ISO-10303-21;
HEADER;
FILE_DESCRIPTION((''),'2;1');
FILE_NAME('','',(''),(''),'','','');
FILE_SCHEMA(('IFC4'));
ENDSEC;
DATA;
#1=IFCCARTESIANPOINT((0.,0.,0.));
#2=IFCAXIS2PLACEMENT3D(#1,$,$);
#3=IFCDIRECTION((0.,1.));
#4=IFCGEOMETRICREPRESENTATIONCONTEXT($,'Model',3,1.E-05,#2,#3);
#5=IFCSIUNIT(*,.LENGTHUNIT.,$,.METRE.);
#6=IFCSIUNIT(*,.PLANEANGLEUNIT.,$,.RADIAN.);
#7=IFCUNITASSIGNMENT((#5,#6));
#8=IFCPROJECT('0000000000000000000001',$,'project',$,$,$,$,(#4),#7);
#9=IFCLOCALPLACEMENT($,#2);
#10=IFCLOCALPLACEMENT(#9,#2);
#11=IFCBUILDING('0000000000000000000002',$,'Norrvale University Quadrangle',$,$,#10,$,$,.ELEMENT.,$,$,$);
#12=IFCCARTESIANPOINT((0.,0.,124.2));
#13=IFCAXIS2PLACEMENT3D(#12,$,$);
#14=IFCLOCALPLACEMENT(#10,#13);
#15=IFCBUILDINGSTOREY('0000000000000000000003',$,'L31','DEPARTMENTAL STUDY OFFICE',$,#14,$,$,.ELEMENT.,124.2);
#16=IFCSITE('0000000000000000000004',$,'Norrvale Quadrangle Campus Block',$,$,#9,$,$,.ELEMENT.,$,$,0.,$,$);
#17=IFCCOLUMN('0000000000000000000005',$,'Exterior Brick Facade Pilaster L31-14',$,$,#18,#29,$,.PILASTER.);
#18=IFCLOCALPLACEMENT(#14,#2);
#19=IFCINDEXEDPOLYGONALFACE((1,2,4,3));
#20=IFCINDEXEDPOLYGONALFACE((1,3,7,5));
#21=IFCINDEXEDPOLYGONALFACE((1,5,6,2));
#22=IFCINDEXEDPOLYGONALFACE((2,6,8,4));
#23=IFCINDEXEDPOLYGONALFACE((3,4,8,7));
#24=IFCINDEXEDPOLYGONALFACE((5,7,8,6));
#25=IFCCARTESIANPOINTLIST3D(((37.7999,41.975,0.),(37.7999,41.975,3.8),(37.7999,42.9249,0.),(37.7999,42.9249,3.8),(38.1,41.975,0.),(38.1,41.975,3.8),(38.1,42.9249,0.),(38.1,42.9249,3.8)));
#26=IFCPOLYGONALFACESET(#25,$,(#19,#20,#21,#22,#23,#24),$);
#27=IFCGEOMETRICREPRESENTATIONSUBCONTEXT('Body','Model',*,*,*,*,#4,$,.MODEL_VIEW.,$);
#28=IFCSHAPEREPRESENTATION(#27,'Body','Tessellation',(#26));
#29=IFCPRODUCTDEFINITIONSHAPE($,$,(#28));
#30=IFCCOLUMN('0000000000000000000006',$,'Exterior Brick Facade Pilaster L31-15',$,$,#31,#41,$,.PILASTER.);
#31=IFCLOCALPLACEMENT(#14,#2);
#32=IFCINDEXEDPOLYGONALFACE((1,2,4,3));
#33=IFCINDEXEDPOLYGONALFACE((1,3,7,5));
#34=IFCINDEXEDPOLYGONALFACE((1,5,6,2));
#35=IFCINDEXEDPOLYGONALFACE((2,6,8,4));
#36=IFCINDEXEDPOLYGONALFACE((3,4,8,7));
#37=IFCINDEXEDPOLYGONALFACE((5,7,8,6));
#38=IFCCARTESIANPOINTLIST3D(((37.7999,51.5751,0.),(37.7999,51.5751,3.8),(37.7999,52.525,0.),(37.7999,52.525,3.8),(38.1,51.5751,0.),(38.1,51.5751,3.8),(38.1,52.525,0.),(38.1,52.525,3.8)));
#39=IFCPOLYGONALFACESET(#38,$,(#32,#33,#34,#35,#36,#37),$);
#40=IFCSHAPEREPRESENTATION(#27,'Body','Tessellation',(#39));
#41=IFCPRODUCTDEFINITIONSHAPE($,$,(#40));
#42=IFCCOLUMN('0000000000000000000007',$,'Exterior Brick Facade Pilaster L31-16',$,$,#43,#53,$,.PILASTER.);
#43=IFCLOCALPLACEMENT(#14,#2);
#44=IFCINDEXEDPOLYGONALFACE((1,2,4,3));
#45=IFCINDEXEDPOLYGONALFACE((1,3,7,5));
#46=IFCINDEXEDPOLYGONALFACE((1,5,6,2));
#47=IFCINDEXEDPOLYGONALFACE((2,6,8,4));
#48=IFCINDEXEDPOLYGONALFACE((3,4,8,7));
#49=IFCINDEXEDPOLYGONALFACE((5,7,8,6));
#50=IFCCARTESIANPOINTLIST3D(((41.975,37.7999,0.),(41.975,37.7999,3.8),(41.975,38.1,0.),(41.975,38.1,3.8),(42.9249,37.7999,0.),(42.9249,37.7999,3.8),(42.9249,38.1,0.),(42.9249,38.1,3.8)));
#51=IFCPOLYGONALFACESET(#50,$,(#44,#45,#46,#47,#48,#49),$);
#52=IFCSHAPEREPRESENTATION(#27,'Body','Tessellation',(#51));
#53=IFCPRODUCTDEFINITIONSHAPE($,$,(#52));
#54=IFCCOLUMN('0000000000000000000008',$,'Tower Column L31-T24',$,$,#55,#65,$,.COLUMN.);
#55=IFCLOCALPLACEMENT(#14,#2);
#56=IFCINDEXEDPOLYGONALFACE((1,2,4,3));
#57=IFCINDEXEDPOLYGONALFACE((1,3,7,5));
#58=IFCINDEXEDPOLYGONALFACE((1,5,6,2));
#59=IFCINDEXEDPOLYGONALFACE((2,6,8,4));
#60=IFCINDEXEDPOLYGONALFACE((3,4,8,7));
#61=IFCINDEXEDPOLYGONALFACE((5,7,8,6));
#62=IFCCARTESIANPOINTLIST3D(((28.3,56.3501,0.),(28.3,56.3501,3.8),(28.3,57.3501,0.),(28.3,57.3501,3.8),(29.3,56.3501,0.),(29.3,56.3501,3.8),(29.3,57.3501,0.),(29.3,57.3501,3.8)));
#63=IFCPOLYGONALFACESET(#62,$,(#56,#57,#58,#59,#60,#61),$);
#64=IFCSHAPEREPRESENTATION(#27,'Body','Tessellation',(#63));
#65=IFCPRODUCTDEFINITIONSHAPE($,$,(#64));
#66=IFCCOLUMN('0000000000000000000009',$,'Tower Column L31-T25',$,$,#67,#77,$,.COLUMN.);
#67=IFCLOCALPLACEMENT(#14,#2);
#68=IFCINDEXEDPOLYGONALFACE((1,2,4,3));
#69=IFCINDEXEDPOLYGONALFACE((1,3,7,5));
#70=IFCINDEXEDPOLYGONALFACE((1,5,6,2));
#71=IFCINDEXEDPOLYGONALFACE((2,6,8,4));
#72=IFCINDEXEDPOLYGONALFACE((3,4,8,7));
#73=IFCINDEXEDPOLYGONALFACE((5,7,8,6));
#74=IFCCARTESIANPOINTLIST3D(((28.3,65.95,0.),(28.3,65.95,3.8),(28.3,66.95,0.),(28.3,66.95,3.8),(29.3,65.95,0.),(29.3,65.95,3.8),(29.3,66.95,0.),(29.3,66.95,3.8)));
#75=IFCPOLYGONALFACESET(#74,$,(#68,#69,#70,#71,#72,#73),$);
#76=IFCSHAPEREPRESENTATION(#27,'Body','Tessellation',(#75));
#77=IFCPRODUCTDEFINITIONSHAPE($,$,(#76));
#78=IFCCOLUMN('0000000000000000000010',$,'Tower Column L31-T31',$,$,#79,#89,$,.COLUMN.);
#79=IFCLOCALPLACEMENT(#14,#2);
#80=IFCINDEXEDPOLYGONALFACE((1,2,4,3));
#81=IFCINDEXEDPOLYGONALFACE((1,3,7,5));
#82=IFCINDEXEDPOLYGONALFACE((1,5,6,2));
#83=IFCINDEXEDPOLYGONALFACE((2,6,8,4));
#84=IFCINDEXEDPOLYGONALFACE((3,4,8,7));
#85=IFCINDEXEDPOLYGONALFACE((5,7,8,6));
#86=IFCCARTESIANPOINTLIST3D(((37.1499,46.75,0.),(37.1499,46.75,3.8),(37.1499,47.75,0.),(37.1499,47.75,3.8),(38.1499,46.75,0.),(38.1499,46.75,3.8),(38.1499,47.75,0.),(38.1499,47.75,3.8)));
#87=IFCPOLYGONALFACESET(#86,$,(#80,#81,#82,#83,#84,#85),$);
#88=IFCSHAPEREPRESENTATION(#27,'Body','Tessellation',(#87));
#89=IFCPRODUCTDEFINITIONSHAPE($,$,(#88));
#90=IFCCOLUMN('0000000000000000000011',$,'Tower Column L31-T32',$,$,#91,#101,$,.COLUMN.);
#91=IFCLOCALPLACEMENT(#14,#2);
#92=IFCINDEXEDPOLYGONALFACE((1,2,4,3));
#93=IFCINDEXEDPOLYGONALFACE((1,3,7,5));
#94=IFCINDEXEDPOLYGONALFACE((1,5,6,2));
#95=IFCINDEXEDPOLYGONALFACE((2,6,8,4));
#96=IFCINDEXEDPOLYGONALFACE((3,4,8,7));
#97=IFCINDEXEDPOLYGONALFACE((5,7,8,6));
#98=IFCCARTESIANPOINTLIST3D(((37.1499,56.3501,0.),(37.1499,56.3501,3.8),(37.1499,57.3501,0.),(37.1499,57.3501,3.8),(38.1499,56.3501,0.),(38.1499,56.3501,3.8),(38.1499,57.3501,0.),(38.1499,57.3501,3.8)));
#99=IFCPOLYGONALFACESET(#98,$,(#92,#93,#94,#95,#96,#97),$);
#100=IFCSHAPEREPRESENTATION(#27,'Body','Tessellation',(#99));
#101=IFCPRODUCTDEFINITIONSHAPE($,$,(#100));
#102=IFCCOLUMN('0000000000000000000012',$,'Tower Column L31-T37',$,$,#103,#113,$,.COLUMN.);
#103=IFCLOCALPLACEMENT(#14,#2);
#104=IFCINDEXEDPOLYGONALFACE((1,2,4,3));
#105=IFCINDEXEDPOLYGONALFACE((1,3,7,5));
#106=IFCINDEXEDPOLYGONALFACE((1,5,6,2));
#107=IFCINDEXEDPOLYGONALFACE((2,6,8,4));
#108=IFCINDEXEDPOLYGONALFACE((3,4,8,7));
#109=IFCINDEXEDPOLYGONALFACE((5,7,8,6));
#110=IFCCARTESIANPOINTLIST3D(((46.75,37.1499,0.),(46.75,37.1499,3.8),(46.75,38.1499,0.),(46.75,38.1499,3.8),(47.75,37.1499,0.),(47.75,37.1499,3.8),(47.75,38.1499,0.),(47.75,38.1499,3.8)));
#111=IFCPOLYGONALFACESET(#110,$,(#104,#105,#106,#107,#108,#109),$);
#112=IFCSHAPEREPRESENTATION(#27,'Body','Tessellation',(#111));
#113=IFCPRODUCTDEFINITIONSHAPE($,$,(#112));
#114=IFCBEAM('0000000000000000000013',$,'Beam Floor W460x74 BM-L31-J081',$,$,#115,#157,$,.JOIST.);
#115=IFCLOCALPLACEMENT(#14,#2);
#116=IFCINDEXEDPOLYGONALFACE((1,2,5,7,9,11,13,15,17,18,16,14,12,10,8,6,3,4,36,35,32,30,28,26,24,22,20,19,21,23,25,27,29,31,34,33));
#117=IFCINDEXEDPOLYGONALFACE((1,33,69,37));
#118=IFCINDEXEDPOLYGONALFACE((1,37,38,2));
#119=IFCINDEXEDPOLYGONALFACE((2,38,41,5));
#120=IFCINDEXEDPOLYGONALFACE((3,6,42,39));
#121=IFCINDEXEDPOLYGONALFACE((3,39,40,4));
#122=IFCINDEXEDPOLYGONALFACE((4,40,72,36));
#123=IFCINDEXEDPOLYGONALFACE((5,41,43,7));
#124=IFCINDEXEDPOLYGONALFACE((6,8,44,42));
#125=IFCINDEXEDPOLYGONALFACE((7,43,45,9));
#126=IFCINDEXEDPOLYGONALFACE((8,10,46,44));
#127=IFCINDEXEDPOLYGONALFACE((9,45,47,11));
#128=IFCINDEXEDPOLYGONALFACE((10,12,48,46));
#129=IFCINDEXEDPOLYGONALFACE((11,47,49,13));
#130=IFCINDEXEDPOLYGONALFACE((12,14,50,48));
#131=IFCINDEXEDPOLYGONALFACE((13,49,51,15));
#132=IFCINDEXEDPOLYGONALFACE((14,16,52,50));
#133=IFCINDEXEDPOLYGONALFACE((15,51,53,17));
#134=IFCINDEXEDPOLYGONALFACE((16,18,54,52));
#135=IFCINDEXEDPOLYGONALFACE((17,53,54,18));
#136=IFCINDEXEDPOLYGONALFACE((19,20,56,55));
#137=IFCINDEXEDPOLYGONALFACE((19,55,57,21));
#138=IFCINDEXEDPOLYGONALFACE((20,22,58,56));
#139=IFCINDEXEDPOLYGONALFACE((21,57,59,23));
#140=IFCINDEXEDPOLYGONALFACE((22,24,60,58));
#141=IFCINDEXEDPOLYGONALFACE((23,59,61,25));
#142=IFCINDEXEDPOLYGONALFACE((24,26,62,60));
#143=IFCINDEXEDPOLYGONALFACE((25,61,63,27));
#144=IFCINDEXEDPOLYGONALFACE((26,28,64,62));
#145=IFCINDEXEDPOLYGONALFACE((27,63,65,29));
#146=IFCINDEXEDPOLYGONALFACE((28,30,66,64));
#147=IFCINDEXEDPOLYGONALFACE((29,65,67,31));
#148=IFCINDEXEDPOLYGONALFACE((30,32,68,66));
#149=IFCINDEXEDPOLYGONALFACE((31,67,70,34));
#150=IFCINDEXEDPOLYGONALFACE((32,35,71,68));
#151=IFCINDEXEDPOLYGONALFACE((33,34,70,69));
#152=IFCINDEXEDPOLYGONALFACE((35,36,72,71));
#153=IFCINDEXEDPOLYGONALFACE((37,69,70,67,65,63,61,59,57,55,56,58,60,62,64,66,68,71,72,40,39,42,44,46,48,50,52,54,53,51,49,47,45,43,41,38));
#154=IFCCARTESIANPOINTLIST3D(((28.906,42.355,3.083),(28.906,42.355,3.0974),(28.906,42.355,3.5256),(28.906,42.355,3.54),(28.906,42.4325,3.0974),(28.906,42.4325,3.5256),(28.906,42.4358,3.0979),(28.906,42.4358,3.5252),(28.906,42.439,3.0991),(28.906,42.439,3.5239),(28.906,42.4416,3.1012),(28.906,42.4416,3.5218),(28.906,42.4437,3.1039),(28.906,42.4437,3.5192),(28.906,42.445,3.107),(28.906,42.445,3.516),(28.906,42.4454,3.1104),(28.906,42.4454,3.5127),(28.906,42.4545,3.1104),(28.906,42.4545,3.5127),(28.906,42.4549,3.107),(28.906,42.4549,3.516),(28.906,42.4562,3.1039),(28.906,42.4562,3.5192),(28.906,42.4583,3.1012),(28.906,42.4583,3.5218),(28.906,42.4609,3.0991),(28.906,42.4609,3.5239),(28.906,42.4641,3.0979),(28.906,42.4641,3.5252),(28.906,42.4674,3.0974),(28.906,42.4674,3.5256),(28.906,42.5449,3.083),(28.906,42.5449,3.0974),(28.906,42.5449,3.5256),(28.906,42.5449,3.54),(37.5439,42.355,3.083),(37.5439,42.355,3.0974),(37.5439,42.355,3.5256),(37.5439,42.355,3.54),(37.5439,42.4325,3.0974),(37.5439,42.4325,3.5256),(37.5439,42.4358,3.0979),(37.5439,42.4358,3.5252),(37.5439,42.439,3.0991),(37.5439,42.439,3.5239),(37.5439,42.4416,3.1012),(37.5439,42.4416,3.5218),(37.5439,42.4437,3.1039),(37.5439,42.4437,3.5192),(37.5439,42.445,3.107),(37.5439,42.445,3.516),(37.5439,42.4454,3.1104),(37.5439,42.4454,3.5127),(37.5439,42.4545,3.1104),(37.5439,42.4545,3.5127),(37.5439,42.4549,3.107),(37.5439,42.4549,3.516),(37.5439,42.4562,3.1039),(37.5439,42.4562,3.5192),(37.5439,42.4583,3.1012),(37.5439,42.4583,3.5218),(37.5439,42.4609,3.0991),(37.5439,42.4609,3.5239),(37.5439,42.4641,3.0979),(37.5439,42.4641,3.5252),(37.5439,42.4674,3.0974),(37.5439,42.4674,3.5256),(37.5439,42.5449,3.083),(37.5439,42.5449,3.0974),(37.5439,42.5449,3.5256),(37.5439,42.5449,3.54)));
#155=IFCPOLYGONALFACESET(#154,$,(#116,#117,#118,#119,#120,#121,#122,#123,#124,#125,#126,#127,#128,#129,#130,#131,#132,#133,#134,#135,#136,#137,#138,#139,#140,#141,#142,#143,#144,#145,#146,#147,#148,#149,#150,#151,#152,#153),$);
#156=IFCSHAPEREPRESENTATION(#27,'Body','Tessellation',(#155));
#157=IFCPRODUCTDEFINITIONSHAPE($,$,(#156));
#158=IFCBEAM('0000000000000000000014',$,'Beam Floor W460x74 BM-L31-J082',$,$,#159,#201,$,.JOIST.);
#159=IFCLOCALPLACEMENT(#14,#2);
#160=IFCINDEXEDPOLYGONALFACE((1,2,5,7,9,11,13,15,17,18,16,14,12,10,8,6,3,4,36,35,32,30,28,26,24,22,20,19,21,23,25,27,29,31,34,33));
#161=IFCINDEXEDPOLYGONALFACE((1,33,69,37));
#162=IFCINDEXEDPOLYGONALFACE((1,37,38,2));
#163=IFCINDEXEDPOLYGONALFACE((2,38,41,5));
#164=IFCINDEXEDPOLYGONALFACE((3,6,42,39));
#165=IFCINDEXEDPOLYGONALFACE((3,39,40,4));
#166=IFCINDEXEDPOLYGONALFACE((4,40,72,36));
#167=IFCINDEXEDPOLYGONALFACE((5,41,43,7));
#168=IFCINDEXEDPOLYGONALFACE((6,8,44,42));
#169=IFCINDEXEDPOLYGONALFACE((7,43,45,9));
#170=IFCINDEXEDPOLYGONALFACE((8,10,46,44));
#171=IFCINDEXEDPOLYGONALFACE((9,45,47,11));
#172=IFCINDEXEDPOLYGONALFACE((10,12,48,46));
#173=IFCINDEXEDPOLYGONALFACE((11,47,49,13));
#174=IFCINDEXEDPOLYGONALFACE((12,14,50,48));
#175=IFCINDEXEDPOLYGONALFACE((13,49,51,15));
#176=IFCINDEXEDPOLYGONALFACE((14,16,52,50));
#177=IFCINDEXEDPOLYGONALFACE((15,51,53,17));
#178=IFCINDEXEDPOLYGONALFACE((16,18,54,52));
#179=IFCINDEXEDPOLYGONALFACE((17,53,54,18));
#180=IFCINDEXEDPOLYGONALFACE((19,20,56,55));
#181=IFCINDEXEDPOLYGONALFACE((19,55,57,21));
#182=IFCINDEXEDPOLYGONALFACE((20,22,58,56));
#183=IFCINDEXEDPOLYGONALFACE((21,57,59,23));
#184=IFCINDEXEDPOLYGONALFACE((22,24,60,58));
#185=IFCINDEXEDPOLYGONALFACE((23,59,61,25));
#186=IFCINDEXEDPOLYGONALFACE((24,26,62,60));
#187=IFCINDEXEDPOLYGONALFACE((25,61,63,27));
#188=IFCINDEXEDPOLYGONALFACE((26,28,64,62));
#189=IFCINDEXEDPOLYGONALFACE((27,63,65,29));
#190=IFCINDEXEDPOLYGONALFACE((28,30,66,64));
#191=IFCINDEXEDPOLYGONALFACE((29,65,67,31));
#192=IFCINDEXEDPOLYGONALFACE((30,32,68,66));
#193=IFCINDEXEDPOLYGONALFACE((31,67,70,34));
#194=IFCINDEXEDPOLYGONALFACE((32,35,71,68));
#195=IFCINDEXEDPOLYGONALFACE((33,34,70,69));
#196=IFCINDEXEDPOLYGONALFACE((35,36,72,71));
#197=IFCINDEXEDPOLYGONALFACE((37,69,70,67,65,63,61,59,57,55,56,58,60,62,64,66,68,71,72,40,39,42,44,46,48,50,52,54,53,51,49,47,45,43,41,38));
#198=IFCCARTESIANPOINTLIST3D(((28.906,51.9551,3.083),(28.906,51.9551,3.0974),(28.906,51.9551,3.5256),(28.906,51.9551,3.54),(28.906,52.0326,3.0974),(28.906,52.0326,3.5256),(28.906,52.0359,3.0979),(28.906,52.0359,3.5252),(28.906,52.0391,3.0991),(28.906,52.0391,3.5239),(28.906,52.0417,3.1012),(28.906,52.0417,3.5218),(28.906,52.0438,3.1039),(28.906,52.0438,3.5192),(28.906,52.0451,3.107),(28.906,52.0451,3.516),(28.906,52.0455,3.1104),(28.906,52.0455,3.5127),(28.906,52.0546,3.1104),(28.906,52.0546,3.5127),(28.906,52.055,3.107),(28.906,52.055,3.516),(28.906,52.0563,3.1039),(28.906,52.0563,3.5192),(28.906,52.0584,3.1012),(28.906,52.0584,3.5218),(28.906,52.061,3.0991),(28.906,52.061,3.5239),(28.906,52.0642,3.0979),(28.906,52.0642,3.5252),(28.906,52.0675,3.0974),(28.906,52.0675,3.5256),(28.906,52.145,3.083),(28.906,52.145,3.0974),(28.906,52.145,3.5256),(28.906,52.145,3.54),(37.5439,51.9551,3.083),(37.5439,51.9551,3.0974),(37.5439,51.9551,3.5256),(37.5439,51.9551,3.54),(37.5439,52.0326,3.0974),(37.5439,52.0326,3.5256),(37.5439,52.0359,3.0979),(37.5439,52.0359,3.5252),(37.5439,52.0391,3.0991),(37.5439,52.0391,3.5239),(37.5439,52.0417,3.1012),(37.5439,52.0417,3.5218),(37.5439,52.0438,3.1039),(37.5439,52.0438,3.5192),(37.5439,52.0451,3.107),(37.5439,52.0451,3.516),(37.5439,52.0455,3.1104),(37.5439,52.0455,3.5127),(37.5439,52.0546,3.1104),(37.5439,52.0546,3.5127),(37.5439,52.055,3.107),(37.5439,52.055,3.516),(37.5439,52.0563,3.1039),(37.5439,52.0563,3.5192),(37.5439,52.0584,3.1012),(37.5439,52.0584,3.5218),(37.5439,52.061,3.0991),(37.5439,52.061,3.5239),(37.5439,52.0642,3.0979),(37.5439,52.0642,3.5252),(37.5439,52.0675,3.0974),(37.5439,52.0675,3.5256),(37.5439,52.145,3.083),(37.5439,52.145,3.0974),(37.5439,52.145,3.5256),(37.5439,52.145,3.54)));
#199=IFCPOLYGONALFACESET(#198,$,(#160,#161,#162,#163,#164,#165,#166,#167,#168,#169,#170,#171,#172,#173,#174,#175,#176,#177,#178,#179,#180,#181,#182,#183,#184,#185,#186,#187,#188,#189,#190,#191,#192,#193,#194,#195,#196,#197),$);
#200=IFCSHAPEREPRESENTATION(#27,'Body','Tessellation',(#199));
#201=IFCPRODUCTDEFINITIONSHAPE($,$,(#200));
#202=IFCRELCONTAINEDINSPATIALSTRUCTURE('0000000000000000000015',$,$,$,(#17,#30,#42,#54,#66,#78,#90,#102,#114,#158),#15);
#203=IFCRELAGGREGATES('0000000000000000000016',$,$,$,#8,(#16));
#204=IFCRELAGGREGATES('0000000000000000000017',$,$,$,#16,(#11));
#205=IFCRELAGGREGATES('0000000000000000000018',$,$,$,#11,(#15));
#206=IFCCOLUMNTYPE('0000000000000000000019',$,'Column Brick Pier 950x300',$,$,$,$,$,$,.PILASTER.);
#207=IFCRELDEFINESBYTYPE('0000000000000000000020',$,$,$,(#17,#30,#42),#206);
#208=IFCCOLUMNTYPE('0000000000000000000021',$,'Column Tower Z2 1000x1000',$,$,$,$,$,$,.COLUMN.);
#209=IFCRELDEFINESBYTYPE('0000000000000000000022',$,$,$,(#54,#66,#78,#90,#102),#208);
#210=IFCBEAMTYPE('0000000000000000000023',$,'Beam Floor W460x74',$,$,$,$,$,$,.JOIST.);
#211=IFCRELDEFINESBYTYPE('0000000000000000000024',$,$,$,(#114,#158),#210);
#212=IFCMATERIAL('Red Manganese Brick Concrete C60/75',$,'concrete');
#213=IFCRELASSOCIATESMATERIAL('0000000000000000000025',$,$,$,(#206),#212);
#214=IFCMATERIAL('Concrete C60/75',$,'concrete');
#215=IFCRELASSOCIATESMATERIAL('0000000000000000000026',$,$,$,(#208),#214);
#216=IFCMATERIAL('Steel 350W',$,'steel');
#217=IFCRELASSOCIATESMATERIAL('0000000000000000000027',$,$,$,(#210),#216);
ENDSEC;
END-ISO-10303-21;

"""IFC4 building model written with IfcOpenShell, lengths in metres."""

from ifc_helpers import new_model, si_unit, direction, frame, origin, origin_2d, place, context, subcontext, project, spatial, rectangle, i_section, extrude, material, material_profile, profile_set, type_object, element, save


model = new_model("IFC4")

# Units and contexts
model_context = context("Model", 3, precision=1e-05, world=origin(), true_north=direction((0.0, 1.0)))
body_context = subcontext(model_context, "Body", "Model", "MODEL_VIEW")
ifc_project = project(units=[si_unit("LENGTHUNIT", "METRE"), si_unit("PLANEANGLEUNIT", "RADIAN")], contexts=[model_context])

# Site, building, storey
site_placement = place(None, origin())
site = spatial("IfcSite", under=ifc_project, at=site_placement, Name="Norrvale Quadrangle Campus Block", CompositionType="ELEMENT", RefElevation=0.0)
building_placement = place(site_placement, origin())
building = spatial("IfcBuilding", under=site, at=building_placement, Name="Norrvale University Quadrangle", CompositionType="ELEMENT")
storey_placement = place(building_placement, frame((0.0, 0.0, 124.2)))
storey = spatial("IfcBuildingStorey", under=building, at=storey_placement, Name="L31", Description="DEPARTMENTAL STUDY OFFICE", CompositionType="ELEMENT", Elevation=124.2)

# Columns
ifc_material_1 = material(Name="Red Manganese Brick Concrete C60/75", Category="concrete")
ifc_material_profile_1 = material_profile(ifc_material_1, rectangle(XDim=0.95, YDim=0.3, at=origin_2d()), Name="Red Manganese Brick Concrete C60/75")
ifc_profile_set_1 = profile_set([ifc_material_profile_1], Name="Red Manganese Brick Concrete C60/75")
column_type_1 = type_object("IfcColumnType", Name="Column Brick Pier 950x300", PredefinedType="PILASTER", material=ifc_profile_set_1)
for number, where, z_axis, x_axis, name in (
    (1, (37.95, 42.45, 0.0), (0.0, 0.0, 1.0), (0.0, 1.0, 0.0), "Exterior Brick Facade Pilaster L31-14"),
    (2, (37.95, 52.05, 0.0), (0.0, 0.0, 1.0), (0.0, 1.0, 0.0), "Exterior Brick Facade Pilaster L31-15"),
    (3, (42.45, 37.95, 0.0), (0.0, 0.0, 1.0), (1.0, 0.0, 0.0), "Exterior Brick Facade Pilaster L31-16"),
):
    element("IfcColumn", number, at=place(storey_placement, frame(where, z_axis=z_axis, x_axis=x_axis)), inside=storey, type_object=column_type_1, Name=name, PredefinedType="PILASTER", context=body_context, shape_type="SweptSolid", body=[
        extrude(rectangle(XDim=0.95, YDim=0.3, at=origin_2d()), origin(), (0.0, 0.0, 1.0), 3.8),
    ])
ifc_material_2 = material(Name="Concrete C60/75", Category="concrete")
ifc_material_profile_2 = material_profile(ifc_material_2, rectangle(XDim=1.0, YDim=1.0, at=origin_2d()), Name="Concrete C60/75")
ifc_profile_set_2 = profile_set([ifc_material_profile_2], Name="Concrete C60/75")
column_type_2 = type_object("IfcColumnType", Name="Column Tower Z2 1000x1000", PredefinedType="COLUMN", material=ifc_profile_set_2)
for number, where, z_axis, x_axis, name in (
    (4, (28.8, 56.8501, 0.0), (0.0, 0.0, 1.0), (1.0, 0.0, 0.0), "Tower Column L31-T24"),
    (5, (28.8, 66.45, 0.0), (0.0, 0.0, 1.0), (1.0, 0.0, 0.0), "Tower Column L31-T25"),
    (6, (37.6499, 47.25, 0.0), (0.0, 0.0, 1.0), (1.0, 0.0, 0.0), "Tower Column L31-T31"),
    (7, (37.6499, 56.8501, 0.0), (0.0, 0.0, 1.0), (1.0, 0.0, 0.0), "Tower Column L31-T32"),
    (8, (47.25, 37.6499, 0.0), (0.0, 0.0, 1.0), (1.0, 0.0, 0.0), "Tower Column L31-T37"),
):
    element("IfcColumn", number, at=place(storey_placement, frame(where, z_axis=z_axis, x_axis=x_axis)), inside=storey, type_object=column_type_2, Name=name, PredefinedType="COLUMN", context=body_context, shape_type="SweptSolid", body=[
        extrude(rectangle(XDim=1.0, YDim=1.0, at=origin_2d()), origin(), (0.0, 0.0, 1.0), 3.8),
    ])

# Beams
ifc_material_3 = material(Name="Steel 350W", Category="steel")
ifc_material_profile_3 = material_profile(ifc_material_3, i_section(OverallWidth=0.1899, OverallDepth=0.457, WebThickness=0.009, FlangeThickness=0.0144, FilletRadius=0.0129, at=origin_2d()), Name="Steel 350W")
ifc_profile_set_3 = profile_set([ifc_material_profile_3], Name="Steel 350W")
beam_type_1 = type_object("IfcBeamType", Name="Beam Floor W460x74", PredefinedType="JOIST", material=ifc_profile_set_3)
for number, where, z_axis, x_axis, name in (
    (9, (28.906, 42.45, 3.3115), (1.0, 0.0, 0.0), (0.0, 1.0, 0.0), "Beam Floor W460x74 BM-L31-J081"),
    (10, (28.906, 52.05, 3.3115), (1.0, 0.0, 0.0), (0.0, 1.0, 0.0), "Beam Floor W460x74 BM-L31-J082"),
):
    element("IfcBeam", number, at=place(storey_placement, frame(where, z_axis=z_axis, x_axis=x_axis)), inside=storey, type_object=beam_type_1, Name=name, PredefinedType="JOIST", context=body_context, shape_type="SweptSolid", body=[
        extrude(i_section(OverallWidth=0.1899, OverallDepth=0.457, WebThickness=0.009, FlangeThickness=0.0144, FilletRadius=0.0129, at=origin_2d()), origin(), (0.0, 0.0, 1.0), 8.6379),
    ])

save(model, "model.ifc")
